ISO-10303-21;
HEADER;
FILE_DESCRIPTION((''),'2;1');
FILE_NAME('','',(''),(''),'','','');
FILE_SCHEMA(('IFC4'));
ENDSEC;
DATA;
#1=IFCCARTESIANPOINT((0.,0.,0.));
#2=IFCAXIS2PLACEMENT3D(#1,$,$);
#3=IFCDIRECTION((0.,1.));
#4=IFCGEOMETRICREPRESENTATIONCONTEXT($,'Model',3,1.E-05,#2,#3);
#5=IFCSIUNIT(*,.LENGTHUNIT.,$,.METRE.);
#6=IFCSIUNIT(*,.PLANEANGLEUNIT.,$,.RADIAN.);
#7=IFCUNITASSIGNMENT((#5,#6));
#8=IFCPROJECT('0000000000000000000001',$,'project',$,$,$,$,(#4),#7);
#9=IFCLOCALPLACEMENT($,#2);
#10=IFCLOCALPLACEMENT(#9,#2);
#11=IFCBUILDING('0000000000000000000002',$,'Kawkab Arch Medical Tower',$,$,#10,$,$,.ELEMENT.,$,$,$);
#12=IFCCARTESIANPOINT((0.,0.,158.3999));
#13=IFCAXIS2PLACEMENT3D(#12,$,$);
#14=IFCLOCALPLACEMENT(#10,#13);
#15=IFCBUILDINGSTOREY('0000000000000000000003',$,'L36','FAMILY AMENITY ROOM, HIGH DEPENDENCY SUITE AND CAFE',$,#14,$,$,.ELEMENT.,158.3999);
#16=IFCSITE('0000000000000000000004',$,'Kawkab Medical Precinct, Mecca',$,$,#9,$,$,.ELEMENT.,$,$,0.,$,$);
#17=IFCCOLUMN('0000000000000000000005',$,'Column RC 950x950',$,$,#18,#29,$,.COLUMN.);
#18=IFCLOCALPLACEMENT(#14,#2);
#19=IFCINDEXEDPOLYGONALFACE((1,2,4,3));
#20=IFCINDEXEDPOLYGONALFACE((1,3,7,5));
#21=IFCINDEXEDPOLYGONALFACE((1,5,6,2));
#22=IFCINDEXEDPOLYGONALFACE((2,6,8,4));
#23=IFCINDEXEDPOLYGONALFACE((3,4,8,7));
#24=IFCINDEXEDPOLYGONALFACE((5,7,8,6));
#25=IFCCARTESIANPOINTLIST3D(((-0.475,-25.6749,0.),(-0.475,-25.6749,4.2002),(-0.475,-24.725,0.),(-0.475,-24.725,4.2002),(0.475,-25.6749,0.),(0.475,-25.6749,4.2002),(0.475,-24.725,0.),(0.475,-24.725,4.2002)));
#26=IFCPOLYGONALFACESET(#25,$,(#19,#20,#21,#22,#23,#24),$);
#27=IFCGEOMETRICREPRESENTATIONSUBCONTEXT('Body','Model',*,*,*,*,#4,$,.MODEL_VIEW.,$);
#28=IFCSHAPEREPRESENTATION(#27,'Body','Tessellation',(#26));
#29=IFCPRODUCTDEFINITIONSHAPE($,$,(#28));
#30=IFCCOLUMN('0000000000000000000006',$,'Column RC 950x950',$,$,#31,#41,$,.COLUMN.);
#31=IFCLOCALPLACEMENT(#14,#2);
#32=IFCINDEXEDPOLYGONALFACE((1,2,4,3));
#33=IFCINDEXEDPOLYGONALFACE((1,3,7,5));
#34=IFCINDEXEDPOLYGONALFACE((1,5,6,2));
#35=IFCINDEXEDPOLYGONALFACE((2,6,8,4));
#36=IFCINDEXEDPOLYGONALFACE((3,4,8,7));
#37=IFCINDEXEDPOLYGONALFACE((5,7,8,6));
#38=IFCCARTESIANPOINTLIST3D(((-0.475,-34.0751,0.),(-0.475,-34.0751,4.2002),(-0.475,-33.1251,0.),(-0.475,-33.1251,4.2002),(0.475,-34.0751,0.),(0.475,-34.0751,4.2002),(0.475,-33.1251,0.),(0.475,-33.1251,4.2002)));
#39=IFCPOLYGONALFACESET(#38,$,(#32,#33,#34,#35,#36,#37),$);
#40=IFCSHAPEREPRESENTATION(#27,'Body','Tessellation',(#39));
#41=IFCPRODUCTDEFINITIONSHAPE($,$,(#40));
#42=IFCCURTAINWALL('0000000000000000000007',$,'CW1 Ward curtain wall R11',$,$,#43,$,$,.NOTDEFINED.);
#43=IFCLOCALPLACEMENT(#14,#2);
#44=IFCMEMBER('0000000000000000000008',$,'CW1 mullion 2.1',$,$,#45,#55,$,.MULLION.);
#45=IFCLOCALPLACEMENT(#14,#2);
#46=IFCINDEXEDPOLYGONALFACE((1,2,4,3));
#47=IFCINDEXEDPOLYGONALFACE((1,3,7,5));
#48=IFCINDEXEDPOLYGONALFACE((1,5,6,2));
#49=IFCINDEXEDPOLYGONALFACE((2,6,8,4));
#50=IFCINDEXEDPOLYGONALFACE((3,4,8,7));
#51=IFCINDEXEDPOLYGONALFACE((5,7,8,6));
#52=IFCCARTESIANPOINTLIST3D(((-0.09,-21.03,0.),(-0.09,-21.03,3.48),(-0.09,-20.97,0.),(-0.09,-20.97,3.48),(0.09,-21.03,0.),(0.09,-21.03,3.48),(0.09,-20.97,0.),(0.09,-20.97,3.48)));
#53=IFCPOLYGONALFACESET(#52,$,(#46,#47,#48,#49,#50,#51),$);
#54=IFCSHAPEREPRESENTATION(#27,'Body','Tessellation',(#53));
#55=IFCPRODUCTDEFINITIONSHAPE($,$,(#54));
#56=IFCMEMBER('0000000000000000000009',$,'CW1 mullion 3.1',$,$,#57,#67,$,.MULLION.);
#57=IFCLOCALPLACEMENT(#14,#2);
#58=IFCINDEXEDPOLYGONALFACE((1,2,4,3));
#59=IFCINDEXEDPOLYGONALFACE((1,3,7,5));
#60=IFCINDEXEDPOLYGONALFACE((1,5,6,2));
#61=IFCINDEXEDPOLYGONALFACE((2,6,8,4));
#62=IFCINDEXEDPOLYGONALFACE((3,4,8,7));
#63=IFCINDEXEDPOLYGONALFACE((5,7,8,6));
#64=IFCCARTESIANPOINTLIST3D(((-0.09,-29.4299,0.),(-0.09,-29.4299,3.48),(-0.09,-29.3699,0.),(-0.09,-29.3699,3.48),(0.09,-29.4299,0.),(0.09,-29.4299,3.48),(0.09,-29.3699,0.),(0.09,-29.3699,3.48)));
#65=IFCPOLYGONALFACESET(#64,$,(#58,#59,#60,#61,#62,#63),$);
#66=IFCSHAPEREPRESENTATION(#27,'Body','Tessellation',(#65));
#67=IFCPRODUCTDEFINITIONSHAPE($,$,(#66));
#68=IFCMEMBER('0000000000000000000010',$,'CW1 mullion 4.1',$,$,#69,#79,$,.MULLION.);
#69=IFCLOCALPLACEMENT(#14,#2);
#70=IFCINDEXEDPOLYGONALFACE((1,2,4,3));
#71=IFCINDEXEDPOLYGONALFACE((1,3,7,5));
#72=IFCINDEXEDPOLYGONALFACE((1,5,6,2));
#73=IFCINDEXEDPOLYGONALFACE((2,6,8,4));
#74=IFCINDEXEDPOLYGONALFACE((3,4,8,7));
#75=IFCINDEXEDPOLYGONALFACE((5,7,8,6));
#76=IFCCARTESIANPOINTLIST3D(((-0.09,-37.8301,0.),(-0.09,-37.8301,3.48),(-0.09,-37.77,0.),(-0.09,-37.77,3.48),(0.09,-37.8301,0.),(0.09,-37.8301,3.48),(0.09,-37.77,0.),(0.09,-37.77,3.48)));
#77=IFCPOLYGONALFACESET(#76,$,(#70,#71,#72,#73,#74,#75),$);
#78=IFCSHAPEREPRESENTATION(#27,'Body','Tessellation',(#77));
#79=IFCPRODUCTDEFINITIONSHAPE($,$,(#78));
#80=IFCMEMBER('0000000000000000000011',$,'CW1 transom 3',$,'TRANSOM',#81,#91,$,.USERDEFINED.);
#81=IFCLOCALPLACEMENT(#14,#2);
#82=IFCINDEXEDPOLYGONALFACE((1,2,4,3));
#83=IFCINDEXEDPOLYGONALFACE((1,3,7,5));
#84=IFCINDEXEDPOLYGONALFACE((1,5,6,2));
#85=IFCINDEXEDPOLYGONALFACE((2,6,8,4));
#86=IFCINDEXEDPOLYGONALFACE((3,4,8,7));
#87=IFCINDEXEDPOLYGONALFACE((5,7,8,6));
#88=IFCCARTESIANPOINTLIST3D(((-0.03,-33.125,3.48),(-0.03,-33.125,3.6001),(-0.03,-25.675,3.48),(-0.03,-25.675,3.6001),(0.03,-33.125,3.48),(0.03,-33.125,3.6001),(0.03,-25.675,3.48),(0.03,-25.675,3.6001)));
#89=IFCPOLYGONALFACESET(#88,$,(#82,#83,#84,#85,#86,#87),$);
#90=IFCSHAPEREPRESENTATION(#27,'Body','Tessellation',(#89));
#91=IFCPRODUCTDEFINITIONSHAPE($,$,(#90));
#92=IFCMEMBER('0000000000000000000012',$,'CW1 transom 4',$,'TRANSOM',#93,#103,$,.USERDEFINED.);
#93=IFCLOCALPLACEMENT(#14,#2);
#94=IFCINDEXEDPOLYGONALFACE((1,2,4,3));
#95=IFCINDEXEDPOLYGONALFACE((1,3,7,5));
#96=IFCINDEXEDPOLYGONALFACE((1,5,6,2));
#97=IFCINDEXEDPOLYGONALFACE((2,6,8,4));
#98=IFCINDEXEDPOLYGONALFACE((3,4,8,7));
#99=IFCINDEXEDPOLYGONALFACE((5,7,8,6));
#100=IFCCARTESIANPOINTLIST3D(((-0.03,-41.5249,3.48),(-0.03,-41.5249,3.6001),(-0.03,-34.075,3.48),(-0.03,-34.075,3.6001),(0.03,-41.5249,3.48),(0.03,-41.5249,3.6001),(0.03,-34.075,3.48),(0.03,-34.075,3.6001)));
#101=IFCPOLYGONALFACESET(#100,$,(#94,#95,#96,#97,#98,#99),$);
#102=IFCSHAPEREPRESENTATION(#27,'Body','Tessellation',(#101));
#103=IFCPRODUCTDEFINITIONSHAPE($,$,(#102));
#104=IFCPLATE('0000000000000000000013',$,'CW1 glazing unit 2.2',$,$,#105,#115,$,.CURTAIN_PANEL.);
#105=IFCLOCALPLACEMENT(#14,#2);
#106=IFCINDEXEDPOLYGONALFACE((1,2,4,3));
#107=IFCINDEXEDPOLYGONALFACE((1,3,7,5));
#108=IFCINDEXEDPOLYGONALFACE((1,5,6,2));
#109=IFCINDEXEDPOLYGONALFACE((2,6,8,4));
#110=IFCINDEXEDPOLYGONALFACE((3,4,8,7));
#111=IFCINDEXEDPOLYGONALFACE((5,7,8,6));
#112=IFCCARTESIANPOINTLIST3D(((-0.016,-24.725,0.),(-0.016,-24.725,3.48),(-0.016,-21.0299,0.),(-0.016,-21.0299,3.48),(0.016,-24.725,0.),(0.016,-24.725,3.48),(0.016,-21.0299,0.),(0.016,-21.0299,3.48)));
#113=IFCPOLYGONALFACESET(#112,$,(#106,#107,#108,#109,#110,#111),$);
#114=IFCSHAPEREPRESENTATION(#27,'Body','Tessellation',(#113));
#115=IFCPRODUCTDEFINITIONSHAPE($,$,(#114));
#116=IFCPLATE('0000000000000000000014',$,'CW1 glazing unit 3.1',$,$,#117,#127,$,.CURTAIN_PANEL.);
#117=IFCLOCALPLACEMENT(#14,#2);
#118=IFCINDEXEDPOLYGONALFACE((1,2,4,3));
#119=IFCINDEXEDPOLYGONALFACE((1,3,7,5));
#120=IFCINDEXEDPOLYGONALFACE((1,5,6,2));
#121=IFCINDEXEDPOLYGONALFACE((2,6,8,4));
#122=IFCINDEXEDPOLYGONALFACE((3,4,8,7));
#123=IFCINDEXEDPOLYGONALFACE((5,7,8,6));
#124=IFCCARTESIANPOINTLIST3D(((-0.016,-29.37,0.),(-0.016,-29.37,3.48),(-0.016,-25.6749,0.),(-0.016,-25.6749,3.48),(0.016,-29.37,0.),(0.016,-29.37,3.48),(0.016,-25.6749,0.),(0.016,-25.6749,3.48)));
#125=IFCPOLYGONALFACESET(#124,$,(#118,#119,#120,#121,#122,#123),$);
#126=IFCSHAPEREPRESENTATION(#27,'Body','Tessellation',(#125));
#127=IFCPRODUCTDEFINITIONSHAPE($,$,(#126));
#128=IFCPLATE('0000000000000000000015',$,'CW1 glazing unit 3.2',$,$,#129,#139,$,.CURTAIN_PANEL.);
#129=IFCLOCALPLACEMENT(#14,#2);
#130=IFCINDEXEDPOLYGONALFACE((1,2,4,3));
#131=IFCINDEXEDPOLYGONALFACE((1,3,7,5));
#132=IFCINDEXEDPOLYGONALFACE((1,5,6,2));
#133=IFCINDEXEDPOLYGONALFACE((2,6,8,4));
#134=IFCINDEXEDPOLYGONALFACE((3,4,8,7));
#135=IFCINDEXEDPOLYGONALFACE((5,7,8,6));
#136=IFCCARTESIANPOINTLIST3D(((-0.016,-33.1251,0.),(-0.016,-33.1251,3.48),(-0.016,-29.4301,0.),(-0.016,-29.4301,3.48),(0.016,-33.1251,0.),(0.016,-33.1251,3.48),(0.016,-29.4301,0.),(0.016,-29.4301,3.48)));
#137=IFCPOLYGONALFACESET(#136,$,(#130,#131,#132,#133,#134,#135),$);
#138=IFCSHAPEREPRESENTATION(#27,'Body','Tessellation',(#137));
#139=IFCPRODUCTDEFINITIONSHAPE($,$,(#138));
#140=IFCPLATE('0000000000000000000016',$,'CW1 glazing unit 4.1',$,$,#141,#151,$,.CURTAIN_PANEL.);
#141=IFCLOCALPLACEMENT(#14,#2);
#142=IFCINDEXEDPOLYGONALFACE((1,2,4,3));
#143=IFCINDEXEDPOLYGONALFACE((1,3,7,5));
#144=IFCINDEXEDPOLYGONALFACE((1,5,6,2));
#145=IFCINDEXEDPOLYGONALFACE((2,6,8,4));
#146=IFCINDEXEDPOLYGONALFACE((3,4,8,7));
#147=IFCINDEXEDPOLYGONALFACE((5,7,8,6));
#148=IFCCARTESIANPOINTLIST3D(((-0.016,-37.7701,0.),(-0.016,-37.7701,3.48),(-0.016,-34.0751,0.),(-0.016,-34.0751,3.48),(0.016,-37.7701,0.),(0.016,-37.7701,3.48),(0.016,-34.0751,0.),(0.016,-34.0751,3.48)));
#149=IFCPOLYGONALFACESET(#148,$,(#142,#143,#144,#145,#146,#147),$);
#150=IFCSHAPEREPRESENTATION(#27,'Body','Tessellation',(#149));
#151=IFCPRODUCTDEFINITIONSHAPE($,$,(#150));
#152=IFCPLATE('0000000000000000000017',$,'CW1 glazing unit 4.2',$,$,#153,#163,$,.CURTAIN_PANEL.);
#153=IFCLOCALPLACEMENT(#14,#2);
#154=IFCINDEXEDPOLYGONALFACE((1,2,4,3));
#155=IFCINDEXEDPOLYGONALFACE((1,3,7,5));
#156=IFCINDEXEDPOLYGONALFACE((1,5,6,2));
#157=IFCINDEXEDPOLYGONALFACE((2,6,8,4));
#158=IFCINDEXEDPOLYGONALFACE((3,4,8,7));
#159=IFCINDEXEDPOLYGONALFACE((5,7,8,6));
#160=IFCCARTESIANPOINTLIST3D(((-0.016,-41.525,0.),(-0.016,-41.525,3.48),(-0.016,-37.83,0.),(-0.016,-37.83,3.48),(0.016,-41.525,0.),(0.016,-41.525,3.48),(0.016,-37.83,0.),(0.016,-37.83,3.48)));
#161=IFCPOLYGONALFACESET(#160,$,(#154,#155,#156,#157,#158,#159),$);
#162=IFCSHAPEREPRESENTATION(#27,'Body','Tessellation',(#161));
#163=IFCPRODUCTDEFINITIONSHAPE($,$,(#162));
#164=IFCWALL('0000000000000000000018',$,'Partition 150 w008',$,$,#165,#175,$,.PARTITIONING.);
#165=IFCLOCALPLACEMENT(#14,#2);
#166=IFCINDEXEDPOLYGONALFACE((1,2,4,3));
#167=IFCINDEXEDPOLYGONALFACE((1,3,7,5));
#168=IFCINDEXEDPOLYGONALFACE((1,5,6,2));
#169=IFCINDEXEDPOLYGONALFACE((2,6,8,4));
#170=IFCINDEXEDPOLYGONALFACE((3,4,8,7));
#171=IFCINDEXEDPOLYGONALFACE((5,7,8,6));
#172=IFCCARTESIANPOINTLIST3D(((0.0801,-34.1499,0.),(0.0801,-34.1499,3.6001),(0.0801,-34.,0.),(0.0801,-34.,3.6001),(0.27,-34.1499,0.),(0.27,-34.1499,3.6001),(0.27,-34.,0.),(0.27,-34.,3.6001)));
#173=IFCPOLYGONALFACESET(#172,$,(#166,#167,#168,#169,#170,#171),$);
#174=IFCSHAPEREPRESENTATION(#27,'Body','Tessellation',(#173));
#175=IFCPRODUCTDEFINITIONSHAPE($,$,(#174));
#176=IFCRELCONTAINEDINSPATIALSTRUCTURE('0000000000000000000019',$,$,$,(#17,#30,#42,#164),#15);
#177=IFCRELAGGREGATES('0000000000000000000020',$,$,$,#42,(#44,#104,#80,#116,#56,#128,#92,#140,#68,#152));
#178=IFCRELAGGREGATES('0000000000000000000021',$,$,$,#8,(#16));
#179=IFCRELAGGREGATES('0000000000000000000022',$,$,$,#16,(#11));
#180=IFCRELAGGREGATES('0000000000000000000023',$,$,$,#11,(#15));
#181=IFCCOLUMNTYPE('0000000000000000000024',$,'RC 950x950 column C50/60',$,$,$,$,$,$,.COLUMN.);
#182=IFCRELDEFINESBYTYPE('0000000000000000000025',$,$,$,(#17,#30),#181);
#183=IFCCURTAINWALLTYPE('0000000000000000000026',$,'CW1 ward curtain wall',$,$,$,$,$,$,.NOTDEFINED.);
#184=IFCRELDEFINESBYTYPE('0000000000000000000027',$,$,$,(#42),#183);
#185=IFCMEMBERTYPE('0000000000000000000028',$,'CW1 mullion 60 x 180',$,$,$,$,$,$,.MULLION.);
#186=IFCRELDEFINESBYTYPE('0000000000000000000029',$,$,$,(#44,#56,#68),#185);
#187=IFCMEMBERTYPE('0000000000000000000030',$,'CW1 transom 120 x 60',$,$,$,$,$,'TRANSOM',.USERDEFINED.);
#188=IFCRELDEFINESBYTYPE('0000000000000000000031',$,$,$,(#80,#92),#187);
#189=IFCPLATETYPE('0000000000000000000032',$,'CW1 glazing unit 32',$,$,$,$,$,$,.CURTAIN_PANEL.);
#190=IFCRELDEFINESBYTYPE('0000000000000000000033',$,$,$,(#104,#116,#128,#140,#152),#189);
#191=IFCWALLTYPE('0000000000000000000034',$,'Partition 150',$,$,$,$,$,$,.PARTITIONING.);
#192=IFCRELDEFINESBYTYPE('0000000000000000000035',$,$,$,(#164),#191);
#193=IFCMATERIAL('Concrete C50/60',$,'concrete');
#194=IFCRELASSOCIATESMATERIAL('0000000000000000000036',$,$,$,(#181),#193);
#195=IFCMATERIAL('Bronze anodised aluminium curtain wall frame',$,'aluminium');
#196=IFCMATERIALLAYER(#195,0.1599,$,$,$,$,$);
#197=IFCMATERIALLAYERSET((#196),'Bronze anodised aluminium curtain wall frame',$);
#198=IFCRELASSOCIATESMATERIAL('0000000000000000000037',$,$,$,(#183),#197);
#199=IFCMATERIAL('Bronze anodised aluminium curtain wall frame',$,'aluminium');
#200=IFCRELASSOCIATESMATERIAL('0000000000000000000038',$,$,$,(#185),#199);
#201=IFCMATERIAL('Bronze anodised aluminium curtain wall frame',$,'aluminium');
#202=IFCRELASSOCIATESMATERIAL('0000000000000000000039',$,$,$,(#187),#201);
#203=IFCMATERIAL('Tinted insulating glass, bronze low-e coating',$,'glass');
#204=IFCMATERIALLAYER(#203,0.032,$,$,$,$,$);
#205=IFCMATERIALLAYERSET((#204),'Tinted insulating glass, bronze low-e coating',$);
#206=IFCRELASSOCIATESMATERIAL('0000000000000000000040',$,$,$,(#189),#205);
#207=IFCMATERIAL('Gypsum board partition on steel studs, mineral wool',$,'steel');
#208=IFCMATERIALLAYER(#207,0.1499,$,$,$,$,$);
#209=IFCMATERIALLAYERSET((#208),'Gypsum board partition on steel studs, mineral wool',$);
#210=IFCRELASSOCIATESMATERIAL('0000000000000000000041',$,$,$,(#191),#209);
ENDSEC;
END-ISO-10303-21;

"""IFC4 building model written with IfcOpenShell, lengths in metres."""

from ifc_helpers import new_model, si_unit, direction, frame, frame_2d, origin, origin_2d, place, context, subcontext, project, spatial, rectangle, extrude, material, layer, layer_set, material_profile, profile_set, type_object, element, aggregate, save


model = new_model("IFC4")

# Units and contexts
model_context = context("Model", 3, precision=1e-05, world=origin(), true_north=direction((0.0, 1.0)))
body_context = subcontext(model_context, "Body", "Model", "MODEL_VIEW")
ifc_project = project(units=[si_unit("LENGTHUNIT", "METRE"), si_unit("PLANEANGLEUNIT", "RADIAN")], contexts=[model_context])

# Site, building, storey
site_placement = place(None, origin())
site = spatial("IfcSite", under=ifc_project, at=site_placement, Name="Kawkab Medical Precinct, Mecca", CompositionType="ELEMENT", RefElevation=0.0)
building_placement = place(site_placement, origin())
building = spatial("IfcBuilding", under=site, at=building_placement, Name="Kawkab Arch Medical Tower", CompositionType="ELEMENT")
storey_placement = place(building_placement, frame((0.0, 0.0, 158.3999)))
storey = spatial("IfcBuildingStorey", under=building, at=storey_placement, Name="L36", Description="FAMILY AMENITY ROOM, HIGH DEPENDENCY SUITE AND CAFE", CompositionType="ELEMENT", Elevation=158.3999)

# Columns
ifc_material_1 = material(Name="Concrete C50/60", Category="concrete")
ifc_material_profile_1 = material_profile(ifc_material_1, rectangle(XDim=0.95, YDim=0.95, at=origin_2d()), Name="RC 950x950")
ifc_profile_set_1 = profile_set([ifc_material_profile_1], Name="Concrete C50/60")
column_type = type_object("IfcColumnType", Name="RC 950x950 column C50/60", PredefinedType="COLUMN", material=ifc_profile_set_1)
for number, where, z_axis, x_axis, name in (
    (1, (0.0, -25.2, 0.0), (0.0, 0.0, 1.0), (1.0, 0.0, 0.0), "Column RC 950x950"),
    (2, (0.0, -33.6001, 0.0), (0.0, 0.0, 1.0), (1.0, 0.0, 0.0), "Column RC 950x950"),
):
    element("IfcColumn", number, at=place(storey_placement, frame(where, z_axis=z_axis, x_axis=x_axis)), inside=storey, type_object=column_type, Name=name, PredefinedType="COLUMN", context=body_context, shape_type="SweptSolid", body=[
        extrude(rectangle(XDim=0.95, YDim=0.95, at=origin_2d()), origin(), (0.0, 0.0, 1.0), 4.2002),
    ])

# Curtain wall, members, plates
ifc_material_2 = material(Name="Bronze anodised aluminium curtain wall frame", Category="aluminium")
ifc_layer_1 = layer(ifc_material_2, 0.1599)
ifc_layer_set_1 = layer_set([ifc_layer_1], Name="Bronze anodised aluminium curtain wall frame")
curtain_wall_type = type_object("IfcCurtainWallType", Name="CW1 ward curtain wall", PredefinedType="NOTDEFINED", material=ifc_layer_set_1)
curtain_wall_placement = place(storey_placement, origin())
curtain_wall = element("IfcCurtainWall", 3, at=curtain_wall_placement, inside=storey, type_object=curtain_wall_type, Name="CW1 Ward curtain wall R11", PredefinedType="NOTDEFINED")
ifc_material_3 = material(Name="Bronze anodised aluminium curtain wall frame", Category="aluminium")
ifc_material_profile_2 = material_profile(ifc_material_3, rectangle(XDim=0.1799, YDim=0.0601, at=origin_2d()), Name="AL 60x180")
ifc_profile_set_2 = profile_set([ifc_material_profile_2], Name="Bronze anodised aluminium curtain wall frame")
member_type_1 = type_object("IfcMemberType", Name="CW1 mullion 60 x 180", PredefinedType="MULLION", material=ifc_profile_set_2)
member_1_placement = place(storey_placement, frame((0.0, -21.0, 0.0), z_axis=(0.0, 0.0, 1.0), x_axis=(1.0, 0.0, 0.0)))
member_1 = element("IfcMember", 4, at=member_1_placement, type_object=member_type_1, Name="CW1 mullion 2.1", PredefinedType="MULLION", context=body_context, shape_type="SweptSolid", body=[
    extrude(rectangle(XDim=0.1799, YDim=0.0601, at=origin_2d()), origin(), (0.0, 0.0, 1.0), 3.48),
])
member_2_placement = place(storey_placement, frame((0.0, -29.3999, 0.0), z_axis=(0.0, 0.0, 1.0), x_axis=(1.0, 0.0, 0.0)))
member_2 = element("IfcMember", 5, at=member_2_placement, type_object=member_type_1, Name="CW1 mullion 3.1", PredefinedType="MULLION", context=body_context, shape_type="SweptSolid", body=[
    extrude(rectangle(XDim=0.1799, YDim=0.0601, at=origin_2d()), origin(), (0.0, 0.0, 1.0), 3.48),
])
member_3_placement = place(storey_placement, frame((0.0, -37.8, 0.0), z_axis=(0.0, 0.0, 1.0), x_axis=(1.0, 0.0, 0.0)))
member_3 = element("IfcMember", 6, at=member_3_placement, type_object=member_type_1, Name="CW1 mullion 4.1", PredefinedType="MULLION", context=body_context, shape_type="SweptSolid", body=[
    extrude(rectangle(XDim=0.1799, YDim=0.0601, at=origin_2d()), origin(), (0.0, 0.0, 1.0), 3.48),
])
ifc_material_4 = material(Name="Bronze anodised aluminium curtain wall frame", Category="aluminium")
ifc_material_profile_3 = material_profile(ifc_material_4, rectangle(XDim=0.0601, YDim=0.1201, at=origin_2d()), Name="AL 60x120")
ifc_profile_set_3 = profile_set([ifc_material_profile_3], Name="Bronze anodised aluminium curtain wall frame")
member_type_2 = type_object("IfcMemberType", Name="CW1 transom 120 x 60", ElementType="TRANSOM", PredefinedType="USERDEFINED", material=ifc_profile_set_3)
member_4_placement = place(storey_placement, frame((0.0, -25.675, 3.54), z_axis=(0.0, -1.0, 0.0), x_axis=(1.0, 0.0, 0.0)))
member_4 = element("IfcMember", 7, at=member_4_placement, type_object=member_type_2, Name="CW1 transom 3", ObjectType="TRANSOM", PredefinedType="USERDEFINED", context=body_context, shape_type="SweptSolid", body=[
    extrude(rectangle(XDim=0.0601, YDim=0.1201, at=origin_2d()), origin(), (0.0, 0.0, 1.0), 7.45),
])
member_5_placement = place(storey_placement, frame((0.0, -34.075, 3.54), z_axis=(0.0, -1.0, 0.0), x_axis=(1.0, 0.0, 0.0)))
member_5 = element("IfcMember", 8, at=member_5_placement, type_object=member_type_2, Name="CW1 transom 4", ObjectType="TRANSOM", PredefinedType="USERDEFINED", context=body_context, shape_type="SweptSolid", body=[
    extrude(rectangle(XDim=0.0601, YDim=0.1201, at=origin_2d()), origin(), (0.0, 0.0, 1.0), 7.45),
])
ifc_material_5 = material(Name="Tinted insulating glass, bronze low-e coating", Category="glass")
ifc_layer_2 = layer(ifc_material_5, 0.032)
ifc_layer_set_2 = layer_set([ifc_layer_2], Name="Tinted insulating glass, bronze low-e coating")
plate_type = type_object("IfcPlateType", Name="CW1 glazing unit 32", PredefinedType="CURTAIN_PANEL", material=ifc_layer_set_2)
plate_1_placement = place(storey_placement, frame((0.0, -22.8774, 0.0), z_axis=(0.0, 0.0, 1.0), x_axis=(0.0, -1.0, 0.0)))
plate_1 = element("IfcPlate", 9, at=plate_1_placement, type_object=plate_type, Name="CW1 glazing unit 2.2", PredefinedType="CURTAIN_PANEL", context=body_context, shape_type="SweptSolid", body=[
    extrude(rectangle(XDim=3.6951, YDim=0.032, at=origin_2d()), origin(), (0.0, 0.0, 1.0), 3.48),
])
plate_2_placement = place(storey_placement, frame((0.0, -27.5225, 0.0), z_axis=(0.0, 0.0, 1.0), x_axis=(0.0, -1.0, 0.0)))
plate_2 = element("IfcPlate", 10, at=plate_2_placement, type_object=plate_type, Name="CW1 glazing unit 3.1", PredefinedType="CURTAIN_PANEL", context=body_context, shape_type="SweptSolid", body=[
    extrude(rectangle(XDim=3.6951, YDim=0.032, at=origin_2d()), origin(), (0.0, 0.0, 1.0), 3.48),
])
plate_3_placement = place(storey_placement, frame((0.0, -31.2776, 0.0), z_axis=(0.0, 0.0, 1.0), x_axis=(0.0, -1.0, 0.0)))
plate_3 = element("IfcPlate", 11, at=plate_3_placement, type_object=plate_type, Name="CW1 glazing unit 3.2", PredefinedType="CURTAIN_PANEL", context=body_context, shape_type="SweptSolid", body=[
    extrude(rectangle(XDim=3.6951, YDim=0.032, at=origin_2d()), origin(), (0.0, 0.0, 1.0), 3.48),
])
plate_4_placement = place(storey_placement, frame((0.0, -35.9226, 0.0), z_axis=(0.0, 0.0, 1.0), x_axis=(0.0, -1.0, 0.0)))
plate_4 = element("IfcPlate", 12, at=plate_4_placement, type_object=plate_type, Name="CW1 glazing unit 4.1", PredefinedType="CURTAIN_PANEL", context=body_context, shape_type="SweptSolid", body=[
    extrude(rectangle(XDim=3.6951, YDim=0.032, at=origin_2d()), origin(), (0.0, 0.0, 1.0), 3.48),
])
plate_5_placement = place(storey_placement, frame((0.0, -39.6775, 0.0), z_axis=(0.0, 0.0, 1.0), x_axis=(0.0, -1.0, 0.0)))
plate_5 = element("IfcPlate", 13, at=plate_5_placement, type_object=plate_type, Name="CW1 glazing unit 4.2", PredefinedType="CURTAIN_PANEL", context=body_context, shape_type="SweptSolid", body=[
    extrude(rectangle(XDim=3.6951, YDim=0.032, at=origin_2d()), origin(), (0.0, 0.0, 1.0), 3.48),
])
aggregate(curtain_wall, [member_1, plate_1, member_4, plate_2, member_2, plate_3, member_5, plate_4, member_3, plate_5])

# Wall
ifc_material_6 = material(Name="Gypsum board partition on steel studs, mineral wool", Category="steel")
ifc_layer_3 = layer(ifc_material_6, 0.1499)
ifc_layer_set_3 = layer_set([ifc_layer_3], Name="Gypsum board partition on steel studs, mineral wool")
wall_type_1 = type_object("IfcWallType", Name="Partition 150", PredefinedType="PARTITIONING", material=ifc_layer_set_3)
wall_1_placement = place(storey_placement, frame((0.0801, -34.075, 0.0), z_axis=(0.0, 0.0, 1.0), x_axis=(1.0, 0.0, 0.0)))
element("IfcWall", 14, at=wall_1_placement, inside=storey, type_object=wall_type_1, Name="Partition 150 w008", PredefinedType="PARTITIONING", context=body_context, shape_type="SweptSolid", body=[
    extrude(rectangle(XDim=0.1899, YDim=0.1499, at=frame_2d((0.095, 0.0))), origin(), (0.0, 0.0, 1.0), 3.6001),
])

save(model, "model.ifc")
